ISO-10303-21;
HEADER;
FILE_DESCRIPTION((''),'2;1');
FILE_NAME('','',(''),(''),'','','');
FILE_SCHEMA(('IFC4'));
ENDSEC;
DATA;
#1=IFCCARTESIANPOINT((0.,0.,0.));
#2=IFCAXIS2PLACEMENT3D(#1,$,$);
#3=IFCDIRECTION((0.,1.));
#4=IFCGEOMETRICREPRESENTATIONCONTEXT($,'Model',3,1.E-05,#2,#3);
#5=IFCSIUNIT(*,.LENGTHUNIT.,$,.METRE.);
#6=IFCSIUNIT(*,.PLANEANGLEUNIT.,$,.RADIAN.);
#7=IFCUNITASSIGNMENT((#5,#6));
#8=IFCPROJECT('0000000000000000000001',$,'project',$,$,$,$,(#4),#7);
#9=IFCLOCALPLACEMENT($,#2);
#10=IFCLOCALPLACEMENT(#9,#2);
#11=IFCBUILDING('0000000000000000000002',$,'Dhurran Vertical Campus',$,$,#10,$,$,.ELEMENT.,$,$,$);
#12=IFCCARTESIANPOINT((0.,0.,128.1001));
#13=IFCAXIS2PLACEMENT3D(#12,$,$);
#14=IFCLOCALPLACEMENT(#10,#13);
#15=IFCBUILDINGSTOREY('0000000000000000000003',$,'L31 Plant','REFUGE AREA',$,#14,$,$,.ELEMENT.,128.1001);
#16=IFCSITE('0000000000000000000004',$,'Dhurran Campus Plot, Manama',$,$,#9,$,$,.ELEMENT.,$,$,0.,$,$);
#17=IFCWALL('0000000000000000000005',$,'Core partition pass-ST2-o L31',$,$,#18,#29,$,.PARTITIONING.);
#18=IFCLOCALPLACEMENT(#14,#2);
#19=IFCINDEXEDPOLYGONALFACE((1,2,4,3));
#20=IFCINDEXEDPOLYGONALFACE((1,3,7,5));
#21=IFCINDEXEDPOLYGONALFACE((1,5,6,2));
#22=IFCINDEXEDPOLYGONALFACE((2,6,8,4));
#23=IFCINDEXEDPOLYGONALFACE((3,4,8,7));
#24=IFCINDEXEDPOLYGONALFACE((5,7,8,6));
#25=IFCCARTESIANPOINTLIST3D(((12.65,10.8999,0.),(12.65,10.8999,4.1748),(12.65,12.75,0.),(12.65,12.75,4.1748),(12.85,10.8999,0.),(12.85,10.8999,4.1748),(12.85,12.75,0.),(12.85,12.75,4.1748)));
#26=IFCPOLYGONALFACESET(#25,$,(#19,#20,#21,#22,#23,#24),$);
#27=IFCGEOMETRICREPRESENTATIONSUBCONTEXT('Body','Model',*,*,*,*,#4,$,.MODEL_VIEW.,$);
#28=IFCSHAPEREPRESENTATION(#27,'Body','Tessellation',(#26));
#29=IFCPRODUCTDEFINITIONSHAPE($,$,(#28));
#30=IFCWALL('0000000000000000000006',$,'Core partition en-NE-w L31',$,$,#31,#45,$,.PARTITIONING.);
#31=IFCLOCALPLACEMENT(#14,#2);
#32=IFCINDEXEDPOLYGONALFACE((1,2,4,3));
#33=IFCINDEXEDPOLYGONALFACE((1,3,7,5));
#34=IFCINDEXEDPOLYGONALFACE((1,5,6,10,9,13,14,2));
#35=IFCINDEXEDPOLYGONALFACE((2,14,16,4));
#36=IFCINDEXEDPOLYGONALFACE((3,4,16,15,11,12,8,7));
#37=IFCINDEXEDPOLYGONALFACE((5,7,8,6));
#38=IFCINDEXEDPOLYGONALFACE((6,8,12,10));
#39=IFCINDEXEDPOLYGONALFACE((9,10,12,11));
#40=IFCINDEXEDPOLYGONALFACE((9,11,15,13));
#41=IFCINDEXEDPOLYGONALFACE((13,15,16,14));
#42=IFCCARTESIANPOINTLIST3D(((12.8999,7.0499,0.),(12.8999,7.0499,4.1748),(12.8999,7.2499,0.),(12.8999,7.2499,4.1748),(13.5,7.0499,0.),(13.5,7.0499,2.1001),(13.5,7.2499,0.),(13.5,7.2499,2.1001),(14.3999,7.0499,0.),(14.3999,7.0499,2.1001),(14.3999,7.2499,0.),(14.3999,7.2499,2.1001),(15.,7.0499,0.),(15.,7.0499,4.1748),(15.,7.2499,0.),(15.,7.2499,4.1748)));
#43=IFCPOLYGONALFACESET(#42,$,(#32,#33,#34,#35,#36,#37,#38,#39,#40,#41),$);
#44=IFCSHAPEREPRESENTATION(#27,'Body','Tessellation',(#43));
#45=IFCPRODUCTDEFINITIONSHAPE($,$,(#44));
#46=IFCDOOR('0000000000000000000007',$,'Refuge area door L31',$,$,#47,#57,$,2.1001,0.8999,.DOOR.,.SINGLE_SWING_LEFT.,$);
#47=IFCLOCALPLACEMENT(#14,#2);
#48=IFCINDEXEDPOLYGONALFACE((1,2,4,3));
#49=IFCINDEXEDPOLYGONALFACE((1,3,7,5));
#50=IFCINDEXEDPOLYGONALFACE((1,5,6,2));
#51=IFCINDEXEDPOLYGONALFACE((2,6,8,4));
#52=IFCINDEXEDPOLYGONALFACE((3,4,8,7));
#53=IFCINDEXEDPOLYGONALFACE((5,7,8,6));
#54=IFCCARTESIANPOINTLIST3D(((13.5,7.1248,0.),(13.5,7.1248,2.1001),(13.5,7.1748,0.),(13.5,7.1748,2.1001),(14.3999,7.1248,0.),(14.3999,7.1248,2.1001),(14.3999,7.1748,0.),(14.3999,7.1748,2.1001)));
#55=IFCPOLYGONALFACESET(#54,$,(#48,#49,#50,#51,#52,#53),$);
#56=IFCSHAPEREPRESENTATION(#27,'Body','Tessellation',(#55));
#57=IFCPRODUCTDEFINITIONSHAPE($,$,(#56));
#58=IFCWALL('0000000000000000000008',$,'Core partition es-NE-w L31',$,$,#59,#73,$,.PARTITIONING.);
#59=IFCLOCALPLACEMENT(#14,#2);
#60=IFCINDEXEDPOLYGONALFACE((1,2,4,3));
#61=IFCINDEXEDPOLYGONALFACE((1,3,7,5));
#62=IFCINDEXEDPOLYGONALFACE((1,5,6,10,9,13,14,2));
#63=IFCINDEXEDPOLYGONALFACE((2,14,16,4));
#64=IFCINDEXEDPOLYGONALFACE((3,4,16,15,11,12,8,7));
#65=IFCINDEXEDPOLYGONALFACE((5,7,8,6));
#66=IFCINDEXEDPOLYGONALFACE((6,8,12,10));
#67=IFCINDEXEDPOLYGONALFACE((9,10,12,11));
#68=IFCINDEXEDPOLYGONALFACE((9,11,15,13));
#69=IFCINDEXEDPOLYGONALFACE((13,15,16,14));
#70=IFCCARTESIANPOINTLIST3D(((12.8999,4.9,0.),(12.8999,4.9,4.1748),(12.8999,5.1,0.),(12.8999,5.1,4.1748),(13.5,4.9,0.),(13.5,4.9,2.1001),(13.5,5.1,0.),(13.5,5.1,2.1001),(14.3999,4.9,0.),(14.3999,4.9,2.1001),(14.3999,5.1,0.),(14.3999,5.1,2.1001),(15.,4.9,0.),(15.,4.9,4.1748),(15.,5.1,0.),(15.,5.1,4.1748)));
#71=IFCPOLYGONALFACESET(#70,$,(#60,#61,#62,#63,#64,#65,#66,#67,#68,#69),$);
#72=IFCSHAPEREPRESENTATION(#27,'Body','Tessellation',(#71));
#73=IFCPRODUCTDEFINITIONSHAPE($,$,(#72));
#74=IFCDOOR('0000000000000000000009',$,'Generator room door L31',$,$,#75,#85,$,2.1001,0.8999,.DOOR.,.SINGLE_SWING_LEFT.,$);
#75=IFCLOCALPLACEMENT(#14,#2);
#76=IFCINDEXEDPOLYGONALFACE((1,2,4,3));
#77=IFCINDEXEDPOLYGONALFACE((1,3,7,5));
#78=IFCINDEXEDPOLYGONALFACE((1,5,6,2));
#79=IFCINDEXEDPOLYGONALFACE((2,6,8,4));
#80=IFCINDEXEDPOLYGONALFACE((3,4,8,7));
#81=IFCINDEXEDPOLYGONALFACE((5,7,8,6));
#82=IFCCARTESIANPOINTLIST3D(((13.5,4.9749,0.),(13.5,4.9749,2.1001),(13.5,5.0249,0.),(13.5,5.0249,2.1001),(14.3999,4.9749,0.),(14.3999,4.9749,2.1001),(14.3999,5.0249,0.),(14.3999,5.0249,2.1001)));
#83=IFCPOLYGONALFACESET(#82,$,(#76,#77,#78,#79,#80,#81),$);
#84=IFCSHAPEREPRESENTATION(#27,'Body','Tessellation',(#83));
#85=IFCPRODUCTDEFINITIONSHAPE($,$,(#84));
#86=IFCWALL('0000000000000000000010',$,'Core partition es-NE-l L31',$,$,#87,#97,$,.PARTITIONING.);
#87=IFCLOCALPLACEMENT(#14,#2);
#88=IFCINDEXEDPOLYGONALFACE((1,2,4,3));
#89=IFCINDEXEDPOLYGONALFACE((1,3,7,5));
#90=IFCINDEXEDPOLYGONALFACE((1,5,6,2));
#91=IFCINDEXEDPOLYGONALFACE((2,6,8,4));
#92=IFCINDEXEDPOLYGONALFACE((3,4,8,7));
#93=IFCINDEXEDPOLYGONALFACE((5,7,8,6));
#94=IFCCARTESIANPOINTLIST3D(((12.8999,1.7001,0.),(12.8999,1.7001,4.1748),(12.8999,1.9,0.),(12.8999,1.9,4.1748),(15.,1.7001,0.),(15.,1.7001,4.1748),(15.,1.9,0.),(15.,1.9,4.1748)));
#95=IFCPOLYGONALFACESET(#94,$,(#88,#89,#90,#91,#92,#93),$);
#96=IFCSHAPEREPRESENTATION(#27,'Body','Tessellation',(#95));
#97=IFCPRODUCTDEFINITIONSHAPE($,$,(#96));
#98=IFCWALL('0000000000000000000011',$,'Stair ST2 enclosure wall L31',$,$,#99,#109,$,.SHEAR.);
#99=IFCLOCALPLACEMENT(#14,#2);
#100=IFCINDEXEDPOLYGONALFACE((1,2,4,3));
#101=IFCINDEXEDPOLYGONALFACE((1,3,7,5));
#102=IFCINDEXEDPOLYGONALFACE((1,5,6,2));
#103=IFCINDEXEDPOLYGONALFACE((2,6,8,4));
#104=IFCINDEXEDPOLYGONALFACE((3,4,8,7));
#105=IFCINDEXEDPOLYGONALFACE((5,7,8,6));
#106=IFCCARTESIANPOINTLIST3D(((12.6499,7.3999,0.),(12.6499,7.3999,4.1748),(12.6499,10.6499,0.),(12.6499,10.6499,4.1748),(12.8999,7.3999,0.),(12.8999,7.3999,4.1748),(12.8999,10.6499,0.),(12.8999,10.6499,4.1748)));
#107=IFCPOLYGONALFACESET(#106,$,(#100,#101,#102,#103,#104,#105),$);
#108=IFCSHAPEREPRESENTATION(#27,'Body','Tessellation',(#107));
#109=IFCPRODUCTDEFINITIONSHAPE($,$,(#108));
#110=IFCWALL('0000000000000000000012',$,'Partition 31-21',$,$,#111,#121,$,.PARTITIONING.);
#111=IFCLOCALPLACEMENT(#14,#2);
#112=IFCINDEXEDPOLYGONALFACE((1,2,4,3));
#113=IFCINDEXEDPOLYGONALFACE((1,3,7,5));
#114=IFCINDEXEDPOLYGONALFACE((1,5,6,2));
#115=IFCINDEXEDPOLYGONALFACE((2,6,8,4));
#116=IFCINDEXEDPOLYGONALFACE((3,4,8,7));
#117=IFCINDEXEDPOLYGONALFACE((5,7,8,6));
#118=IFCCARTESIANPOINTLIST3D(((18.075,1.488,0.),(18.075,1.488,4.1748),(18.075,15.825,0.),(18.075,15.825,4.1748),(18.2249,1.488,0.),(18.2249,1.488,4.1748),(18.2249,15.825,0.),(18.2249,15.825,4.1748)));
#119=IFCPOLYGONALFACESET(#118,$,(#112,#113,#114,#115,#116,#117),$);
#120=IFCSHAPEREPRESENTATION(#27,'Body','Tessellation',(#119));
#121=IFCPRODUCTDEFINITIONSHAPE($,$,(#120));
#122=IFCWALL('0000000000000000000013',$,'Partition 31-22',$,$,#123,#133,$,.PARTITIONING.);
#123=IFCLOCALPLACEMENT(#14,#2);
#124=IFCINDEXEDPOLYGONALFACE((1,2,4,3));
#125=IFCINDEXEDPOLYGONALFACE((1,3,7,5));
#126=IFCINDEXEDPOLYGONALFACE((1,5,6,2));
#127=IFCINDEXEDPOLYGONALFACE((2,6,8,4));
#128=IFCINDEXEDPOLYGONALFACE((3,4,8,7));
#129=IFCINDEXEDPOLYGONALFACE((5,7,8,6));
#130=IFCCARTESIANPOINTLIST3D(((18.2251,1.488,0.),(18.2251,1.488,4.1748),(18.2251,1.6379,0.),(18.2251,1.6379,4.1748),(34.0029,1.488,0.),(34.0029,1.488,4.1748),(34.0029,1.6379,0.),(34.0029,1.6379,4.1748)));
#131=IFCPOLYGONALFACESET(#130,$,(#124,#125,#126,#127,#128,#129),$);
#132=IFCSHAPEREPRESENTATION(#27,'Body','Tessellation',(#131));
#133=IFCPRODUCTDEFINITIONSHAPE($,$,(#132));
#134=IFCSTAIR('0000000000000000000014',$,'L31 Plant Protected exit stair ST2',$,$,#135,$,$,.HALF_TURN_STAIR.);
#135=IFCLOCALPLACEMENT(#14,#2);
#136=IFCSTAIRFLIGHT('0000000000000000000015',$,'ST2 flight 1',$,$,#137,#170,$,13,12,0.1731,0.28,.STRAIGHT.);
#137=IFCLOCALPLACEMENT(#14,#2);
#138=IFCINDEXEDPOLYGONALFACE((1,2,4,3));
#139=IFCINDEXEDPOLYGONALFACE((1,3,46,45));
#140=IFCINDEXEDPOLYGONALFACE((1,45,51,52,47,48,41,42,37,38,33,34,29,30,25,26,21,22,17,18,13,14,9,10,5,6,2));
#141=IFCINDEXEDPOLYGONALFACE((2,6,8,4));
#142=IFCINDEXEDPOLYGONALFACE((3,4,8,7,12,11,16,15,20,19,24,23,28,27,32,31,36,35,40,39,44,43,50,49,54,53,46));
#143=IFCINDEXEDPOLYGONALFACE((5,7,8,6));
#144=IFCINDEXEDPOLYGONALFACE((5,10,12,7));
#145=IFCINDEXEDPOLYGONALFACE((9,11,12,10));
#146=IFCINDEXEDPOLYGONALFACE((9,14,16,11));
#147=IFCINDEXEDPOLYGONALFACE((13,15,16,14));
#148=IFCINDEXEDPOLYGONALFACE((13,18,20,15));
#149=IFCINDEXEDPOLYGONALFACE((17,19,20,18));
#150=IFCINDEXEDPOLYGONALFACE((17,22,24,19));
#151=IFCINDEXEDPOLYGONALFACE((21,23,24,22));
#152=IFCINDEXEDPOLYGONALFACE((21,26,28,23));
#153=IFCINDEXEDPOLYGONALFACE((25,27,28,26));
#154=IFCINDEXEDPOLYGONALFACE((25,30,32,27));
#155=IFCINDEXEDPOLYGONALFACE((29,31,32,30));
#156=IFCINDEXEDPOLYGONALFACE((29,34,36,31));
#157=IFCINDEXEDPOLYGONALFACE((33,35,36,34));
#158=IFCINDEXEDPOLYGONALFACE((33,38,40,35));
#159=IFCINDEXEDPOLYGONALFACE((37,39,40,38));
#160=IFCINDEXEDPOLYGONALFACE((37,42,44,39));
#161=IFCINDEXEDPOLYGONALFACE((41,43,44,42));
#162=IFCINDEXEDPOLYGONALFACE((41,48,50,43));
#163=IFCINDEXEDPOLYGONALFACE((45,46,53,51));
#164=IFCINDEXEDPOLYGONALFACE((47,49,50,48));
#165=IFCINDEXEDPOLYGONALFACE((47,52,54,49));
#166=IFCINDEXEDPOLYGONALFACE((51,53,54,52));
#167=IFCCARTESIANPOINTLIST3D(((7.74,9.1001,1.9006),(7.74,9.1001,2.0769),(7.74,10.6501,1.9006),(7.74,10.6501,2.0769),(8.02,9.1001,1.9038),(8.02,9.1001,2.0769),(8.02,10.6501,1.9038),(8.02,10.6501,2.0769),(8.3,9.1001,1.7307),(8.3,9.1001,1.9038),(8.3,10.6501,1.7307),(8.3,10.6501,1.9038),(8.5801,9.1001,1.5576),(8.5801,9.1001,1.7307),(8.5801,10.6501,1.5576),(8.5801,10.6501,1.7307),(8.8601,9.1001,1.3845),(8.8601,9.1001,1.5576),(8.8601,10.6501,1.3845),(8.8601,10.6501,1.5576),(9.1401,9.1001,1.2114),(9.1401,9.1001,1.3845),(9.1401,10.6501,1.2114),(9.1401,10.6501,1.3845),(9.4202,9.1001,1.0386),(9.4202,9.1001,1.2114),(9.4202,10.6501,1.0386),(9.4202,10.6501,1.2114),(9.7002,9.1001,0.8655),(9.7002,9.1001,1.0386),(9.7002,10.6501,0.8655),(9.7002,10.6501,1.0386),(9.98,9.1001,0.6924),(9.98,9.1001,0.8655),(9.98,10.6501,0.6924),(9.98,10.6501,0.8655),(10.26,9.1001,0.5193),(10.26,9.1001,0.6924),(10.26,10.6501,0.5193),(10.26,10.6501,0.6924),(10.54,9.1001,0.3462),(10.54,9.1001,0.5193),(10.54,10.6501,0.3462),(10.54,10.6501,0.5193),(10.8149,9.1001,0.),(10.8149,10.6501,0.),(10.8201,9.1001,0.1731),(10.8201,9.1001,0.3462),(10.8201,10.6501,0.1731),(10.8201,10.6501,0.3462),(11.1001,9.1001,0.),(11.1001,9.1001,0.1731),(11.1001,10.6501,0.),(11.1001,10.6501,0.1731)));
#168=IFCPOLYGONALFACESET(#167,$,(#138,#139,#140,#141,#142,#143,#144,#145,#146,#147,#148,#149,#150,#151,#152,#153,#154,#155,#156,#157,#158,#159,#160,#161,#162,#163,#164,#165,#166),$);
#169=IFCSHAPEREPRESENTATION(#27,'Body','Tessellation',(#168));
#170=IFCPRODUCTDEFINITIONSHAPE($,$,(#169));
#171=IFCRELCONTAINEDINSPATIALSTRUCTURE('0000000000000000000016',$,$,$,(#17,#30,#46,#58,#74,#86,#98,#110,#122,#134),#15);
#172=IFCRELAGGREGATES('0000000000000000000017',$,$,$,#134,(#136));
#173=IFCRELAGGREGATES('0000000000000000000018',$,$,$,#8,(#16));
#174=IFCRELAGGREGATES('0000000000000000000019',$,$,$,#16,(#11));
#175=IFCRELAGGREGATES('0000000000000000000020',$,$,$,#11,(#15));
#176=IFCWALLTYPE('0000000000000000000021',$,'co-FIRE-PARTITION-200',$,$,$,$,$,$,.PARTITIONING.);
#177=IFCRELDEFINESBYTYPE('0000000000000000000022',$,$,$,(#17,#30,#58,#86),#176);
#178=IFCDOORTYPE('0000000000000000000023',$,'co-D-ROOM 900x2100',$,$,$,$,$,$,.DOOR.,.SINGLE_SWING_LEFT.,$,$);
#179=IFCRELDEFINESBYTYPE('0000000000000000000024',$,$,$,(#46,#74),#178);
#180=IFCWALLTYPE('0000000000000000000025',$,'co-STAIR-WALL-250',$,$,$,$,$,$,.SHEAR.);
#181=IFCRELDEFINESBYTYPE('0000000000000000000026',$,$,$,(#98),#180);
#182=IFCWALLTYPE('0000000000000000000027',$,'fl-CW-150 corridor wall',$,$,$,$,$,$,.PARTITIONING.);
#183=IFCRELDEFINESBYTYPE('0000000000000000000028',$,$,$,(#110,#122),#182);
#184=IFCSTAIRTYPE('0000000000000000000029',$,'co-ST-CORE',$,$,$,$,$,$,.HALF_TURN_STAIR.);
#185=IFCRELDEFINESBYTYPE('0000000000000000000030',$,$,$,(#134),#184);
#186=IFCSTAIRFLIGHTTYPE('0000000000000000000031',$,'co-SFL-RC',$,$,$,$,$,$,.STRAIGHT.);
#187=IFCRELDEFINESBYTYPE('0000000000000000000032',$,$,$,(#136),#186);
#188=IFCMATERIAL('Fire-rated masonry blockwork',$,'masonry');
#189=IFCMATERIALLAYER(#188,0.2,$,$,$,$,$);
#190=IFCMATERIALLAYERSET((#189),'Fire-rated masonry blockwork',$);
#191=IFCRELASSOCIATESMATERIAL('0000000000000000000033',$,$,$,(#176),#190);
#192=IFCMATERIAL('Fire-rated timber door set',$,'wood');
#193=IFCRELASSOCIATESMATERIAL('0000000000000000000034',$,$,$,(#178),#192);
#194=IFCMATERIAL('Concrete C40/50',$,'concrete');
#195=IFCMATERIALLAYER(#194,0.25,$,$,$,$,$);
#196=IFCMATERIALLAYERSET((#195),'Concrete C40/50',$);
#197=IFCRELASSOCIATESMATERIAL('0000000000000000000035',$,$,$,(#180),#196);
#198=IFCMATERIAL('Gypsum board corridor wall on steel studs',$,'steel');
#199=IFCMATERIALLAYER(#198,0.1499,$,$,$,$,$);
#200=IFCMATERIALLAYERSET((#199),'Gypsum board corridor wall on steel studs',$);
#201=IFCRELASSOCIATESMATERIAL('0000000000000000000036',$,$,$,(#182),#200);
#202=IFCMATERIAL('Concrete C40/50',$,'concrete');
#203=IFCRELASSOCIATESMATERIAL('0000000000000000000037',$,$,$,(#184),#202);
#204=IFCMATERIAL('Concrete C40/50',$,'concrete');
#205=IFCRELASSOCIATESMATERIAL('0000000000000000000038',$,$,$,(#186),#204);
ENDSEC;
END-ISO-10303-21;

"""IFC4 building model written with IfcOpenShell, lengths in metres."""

from ifc_helpers import new_model, si_unit, direction, frame, frame_2d, origin, place, context, subcontext, project, spatial, polyline, rectangle, outline, extrude, material, layer, layer_set, type_object, element, fill, aggregate, save


model = new_model("IFC4")

# Units and contexts
model_context = context("Model", 3, precision=1e-05, world=origin(), true_north=direction((0.0, 1.0)))
body_context = subcontext(model_context, "Body", "Model", "MODEL_VIEW")
ifc_project = project(units=[si_unit("LENGTHUNIT", "METRE"), si_unit("PLANEANGLEUNIT", "RADIAN")], contexts=[model_context])

# Site, building, storey
site_placement = place(None, origin())
site = spatial("IfcSite", under=ifc_project, at=site_placement, Name="Dhurran Campus Plot, Manama", CompositionType="ELEMENT", RefElevation=0.0)
building_placement = place(site_placement, origin())
building = spatial("IfcBuilding", under=site, at=building_placement, Name="Dhurran Vertical Campus", CompositionType="ELEMENT")
storey_placement = place(building_placement, frame((0.0, 0.0, 128.1001)))
storey = spatial("IfcBuildingStorey", under=building, at=storey_placement, Name="L31 Plant", Description="REFUGE AREA", CompositionType="ELEMENT", Elevation=128.1001)

# Wall
ifc_material_1 = material(Name="Fire-rated masonry blockwork", Category="masonry")
ifc_layer_1 = layer(ifc_material_1, 0.2)
ifc_layer_set_1 = layer_set([ifc_layer_1], Name="Fire-rated masonry blockwork")
wall_type_1 = type_object("IfcWallType", Name="co-FIRE-PARTITION-200", PredefinedType="PARTITIONING", material=ifc_layer_set_1)
wall_1_placement = place(storey_placement, frame((12.75, 10.8999, 0.0), z_axis=(0.0, 0.0, 1.0), x_axis=(0.0, 1.0, 0.0)))
element("IfcWall", 1, at=wall_1_placement, inside=storey, type_object=wall_type_1, Name="Core partition pass-ST2-o L31", PredefinedType="PARTITIONING", context=body_context, shape_type="SweptSolid", body=[
    extrude(rectangle(XDim=1.8501, YDim=0.2, at=frame_2d((0.925, 0.0))), origin(), (0.0, 0.0, 1.0), 4.1748),
])

# Walls, openings, doors
wall_2_placement = place(storey_placement, frame((12.8999, 7.1499, 0.0), z_axis=(0.0, 0.0, 1.0), x_axis=(1.0, 0.0, 0.0)))
wall_2 = element("IfcWall", 2, at=wall_2_placement, inside=storey, type_object=wall_type_1, Name="Core partition en-NE-w L31", PredefinedType="PARTITIONING", context=body_context, shape_type="SweptSolid", body=[
    extrude(rectangle(XDim=2.1001, YDim=0.2, at=frame_2d((1.05, 0.0))), origin(), (0.0, 0.0, 1.0), 4.1748),
])
opening_1_placement = place(wall_2_placement, frame((0.6001, 0.0, 0.0)))
opening_1 = element("IfcOpeningElement", 3, at=opening_1_placement, cuts=wall_2, PredefinedType="OPENING", context=body_context, shape_type="SweptSolid", body=[
    extrude(rectangle(XDim=0.8999, YDim=2.1001, at=frame_2d((0.45, 1.05))), frame((0.0, 0.1099, 0.0), z_axis=(0.0, -1.0, 0.0), x_axis=(1.0, 0.0, 0.0)), (0.0, 0.0, 1.0), 0.22),
])
ifc_material_2 = material(Name="Fire-rated timber door set", Category="wood")
door_type = type_object("IfcDoorType", Name="co-D-ROOM 900x2100", OperationType="SINGLE_SWING_LEFT", PredefinedType="DOOR", material=ifc_material_2)
door_1_placement = place(opening_1_placement, origin())
door_1 = element("IfcDoor", 4, at=door_1_placement, inside=storey, type_object=door_type, Name="Refuge area door L31", OperationType="SINGLE_SWING_LEFT", OverallHeight=2.1001, OverallWidth=0.8999, PredefinedType="DOOR", context=body_context, shape_type="SweptSolid", body=[
    extrude(rectangle(XDim=0.8999, YDim=2.1001, at=frame_2d((0.45, 1.05))), frame((0.0, 0.0249, 0.0), z_axis=(0.0, -1.0, 0.0), x_axis=(1.0, 0.0, 0.0)), (0.0, 0.0, 1.0), 0.05),
])
fill(opening_1, door_1)
wall_3_placement = place(storey_placement, frame((12.8999, 5.0, 0.0), z_axis=(0.0, 0.0, 1.0), x_axis=(1.0, 0.0, 0.0)))
wall_3 = element("IfcWall", 5, at=wall_3_placement, inside=storey, type_object=wall_type_1, Name="Core partition es-NE-w L31", PredefinedType="PARTITIONING", context=body_context, shape_type="SweptSolid", body=[
    extrude(rectangle(XDim=2.1001, YDim=0.2, at=frame_2d((1.05, 0.0))), origin(), (0.0, 0.0, 1.0), 4.1748),
])
opening_2_placement = place(wall_3_placement, frame((0.6001, 0.0, 0.0)))
opening_2 = element("IfcOpeningElement", 6, at=opening_2_placement, cuts=wall_3, PredefinedType="OPENING", context=body_context, shape_type="SweptSolid", body=[
    extrude(rectangle(XDim=0.8999, YDim=2.1001, at=frame_2d((0.45, 1.05))), frame((0.0, 0.1099, 0.0), z_axis=(0.0, -1.0, 0.0), x_axis=(1.0, 0.0, 0.0)), (0.0, 0.0, 1.0), 0.22),
])
door_2_placement = place(opening_2_placement, origin())
door_2 = element("IfcDoor", 7, at=door_2_placement, inside=storey, type_object=door_type, Name="Generator room door L31", OperationType="SINGLE_SWING_LEFT", OverallHeight=2.1001, OverallWidth=0.8999, PredefinedType="DOOR", context=body_context, shape_type="SweptSolid", body=[
    extrude(rectangle(XDim=0.8999, YDim=2.1001, at=frame_2d((0.45, 1.05))), frame((0.0, 0.0249, 0.0), z_axis=(0.0, -1.0, 0.0), x_axis=(1.0, 0.0, 0.0)), (0.0, 0.0, 1.0), 0.05),
])
fill(opening_2, door_2)

# Walls
wall_4_placement = place(storey_placement, frame((12.8999, 1.8, 0.0), z_axis=(0.0, 0.0, 1.0), x_axis=(1.0, 0.0, 0.0)))
element("IfcWall", 8, at=wall_4_placement, inside=storey, type_object=wall_type_1, Name="Core partition es-NE-l L31", PredefinedType="PARTITIONING", context=body_context, shape_type="SweptSolid", body=[
    extrude(rectangle(XDim=2.1001, YDim=0.2, at=frame_2d((1.05, 0.0))), origin(), (0.0, 0.0, 1.0), 4.1748),
])
ifc_material_3 = material(Name="Concrete C40/50", Category="concrete")
ifc_layer_2 = layer(ifc_material_3, 0.25)
ifc_layer_set_2 = layer_set([ifc_layer_2], Name="Concrete C40/50")
wall_type_2 = type_object("IfcWallType", Name="co-STAIR-WALL-250", PredefinedType="SHEAR", material=ifc_layer_set_2)
wall_5_placement = place(storey_placement, frame((12.7749, 7.3999, 0.0), z_axis=(0.0, 0.0, 1.0), x_axis=(0.0, 1.0, 0.0)))
element("IfcWall", 9, at=wall_5_placement, inside=storey, type_object=wall_type_2, Name="Stair ST2 enclosure wall L31", PredefinedType="SHEAR", context=body_context, shape_type="SweptSolid", body=[
    extrude(rectangle(XDim=3.25, YDim=0.25, at=frame_2d((1.625, 0.0))), origin(), (0.0, 0.0, 1.0), 4.1748),
])
ifc_material_4 = material(Name="Gypsum board corridor wall on steel studs", Category="steel")
ifc_layer_3 = layer(ifc_material_4, 0.1499)
ifc_layer_set_3 = layer_set([ifc_layer_3], Name="Gypsum board corridor wall on steel studs")
wall_type_3 = type_object("IfcWallType", Name="fl-CW-150 corridor wall", PredefinedType="PARTITIONING", material=ifc_layer_set_3)
wall_6_placement = place(storey_placement, frame((18.1499, 1.488, 0.0), z_axis=(0.0, 0.0, 1.0), x_axis=(0.0, 1.0, 0.0)))
element("IfcWall", 10, at=wall_6_placement, inside=storey, type_object=wall_type_3, Name="Partition 31-21", PredefinedType="PARTITIONING", context=body_context, shape_type="SweptSolid", body=[
    extrude(rectangle(XDim=14.3369, YDim=0.1499, at=frame_2d((7.1685, 0.0))), origin(), (0.0, 0.0, 1.0), 4.1748),
])
wall_7_placement = place(storey_placement, frame((18.2251, 1.563, 0.0), z_axis=(0.0, 0.0, 1.0), x_axis=(1.0, 0.0, 0.0)))
element("IfcWall", 11, at=wall_7_placement, inside=storey, type_object=wall_type_3, Name="Partition 31-22", PredefinedType="PARTITIONING", context=body_context, shape_type="SweptSolid", body=[
    extrude(rectangle(XDim=15.7778, YDim=0.1499, at=frame_2d((7.8889, 0.0))), origin(), (0.0, 0.0, 1.0), 4.1748),
])

# Stair, stair flight
ifc_material_5 = material(Name="Concrete C40/50", Category="concrete")
stair_type = type_object("IfcStairType", Name="co-ST-CORE", PredefinedType="HALF_TURN_STAIR", material=ifc_material_5)
stair_placement = place(storey_placement, origin())
stair = element("IfcStair", 12, at=stair_placement, inside=storey, type_object=stair_type, Name="L31 Plant Protected exit stair ST2", PredefinedType="HALF_TURN_STAIR")
ifc_material_6 = material(Name="Concrete C40/50", Category="concrete")
stair_flight_type = type_object("IfcStairFlightType", Name="co-SFL-RC", PredefinedType="STRAIGHT", material=ifc_material_6)
stair_flight_placement = place(storey_placement, frame((11.1001, 9.875, 0.0), z_axis=(0.0, 0.0, 1.0), x_axis=(-1.0, 0.0, 0.0)))
stair_flight = element("IfcStairFlight", 13, at=stair_flight_placement, type_object=stair_flight_type, Name="ST2 flight 1", NumberOfRisers=13, NumberOfTreads=12, PredefinedType="STRAIGHT", RiserHeight=0.1731, TreadLength=0.28, context=body_context, shape_type="SweptSolid", body=[
    extrude(outline(polyline([(0.0, 0.0), (0.0, 0.1731), (0.28, 0.1731), (0.28, 0.3462), (0.5601, 0.3462), (0.5601, 0.5193), (0.8401, 0.5193), (0.8401, 0.6924), (1.1201, 0.6924), (1.1201, 0.8655), (1.3999, 0.8655), (1.3999, 1.0386), (1.6799, 1.0386), (1.6799, 1.2114), (1.96, 1.2114), (1.96, 1.3845), (2.24, 1.3845), (2.24, 1.5576), (2.52, 1.5576), (2.52, 1.7307), (2.8, 1.7307), (2.8, 1.9038), (3.0801, 1.9038), (3.0801, 2.0769), (3.3601, 2.0769), (3.3601, 2.25), (3.3601, 1.9006), (0.2852, 0.0), (0.0, 0.0)])), frame((0.0, 0.7749, 0.0), z_axis=(0.0, -1.0, 0.0), x_axis=(1.0, 0.0, 0.0)), (0.0, 0.0, 1.0), 1.55),
])
aggregate(stair, [stair_flight])

save(model, "model.ifc")
